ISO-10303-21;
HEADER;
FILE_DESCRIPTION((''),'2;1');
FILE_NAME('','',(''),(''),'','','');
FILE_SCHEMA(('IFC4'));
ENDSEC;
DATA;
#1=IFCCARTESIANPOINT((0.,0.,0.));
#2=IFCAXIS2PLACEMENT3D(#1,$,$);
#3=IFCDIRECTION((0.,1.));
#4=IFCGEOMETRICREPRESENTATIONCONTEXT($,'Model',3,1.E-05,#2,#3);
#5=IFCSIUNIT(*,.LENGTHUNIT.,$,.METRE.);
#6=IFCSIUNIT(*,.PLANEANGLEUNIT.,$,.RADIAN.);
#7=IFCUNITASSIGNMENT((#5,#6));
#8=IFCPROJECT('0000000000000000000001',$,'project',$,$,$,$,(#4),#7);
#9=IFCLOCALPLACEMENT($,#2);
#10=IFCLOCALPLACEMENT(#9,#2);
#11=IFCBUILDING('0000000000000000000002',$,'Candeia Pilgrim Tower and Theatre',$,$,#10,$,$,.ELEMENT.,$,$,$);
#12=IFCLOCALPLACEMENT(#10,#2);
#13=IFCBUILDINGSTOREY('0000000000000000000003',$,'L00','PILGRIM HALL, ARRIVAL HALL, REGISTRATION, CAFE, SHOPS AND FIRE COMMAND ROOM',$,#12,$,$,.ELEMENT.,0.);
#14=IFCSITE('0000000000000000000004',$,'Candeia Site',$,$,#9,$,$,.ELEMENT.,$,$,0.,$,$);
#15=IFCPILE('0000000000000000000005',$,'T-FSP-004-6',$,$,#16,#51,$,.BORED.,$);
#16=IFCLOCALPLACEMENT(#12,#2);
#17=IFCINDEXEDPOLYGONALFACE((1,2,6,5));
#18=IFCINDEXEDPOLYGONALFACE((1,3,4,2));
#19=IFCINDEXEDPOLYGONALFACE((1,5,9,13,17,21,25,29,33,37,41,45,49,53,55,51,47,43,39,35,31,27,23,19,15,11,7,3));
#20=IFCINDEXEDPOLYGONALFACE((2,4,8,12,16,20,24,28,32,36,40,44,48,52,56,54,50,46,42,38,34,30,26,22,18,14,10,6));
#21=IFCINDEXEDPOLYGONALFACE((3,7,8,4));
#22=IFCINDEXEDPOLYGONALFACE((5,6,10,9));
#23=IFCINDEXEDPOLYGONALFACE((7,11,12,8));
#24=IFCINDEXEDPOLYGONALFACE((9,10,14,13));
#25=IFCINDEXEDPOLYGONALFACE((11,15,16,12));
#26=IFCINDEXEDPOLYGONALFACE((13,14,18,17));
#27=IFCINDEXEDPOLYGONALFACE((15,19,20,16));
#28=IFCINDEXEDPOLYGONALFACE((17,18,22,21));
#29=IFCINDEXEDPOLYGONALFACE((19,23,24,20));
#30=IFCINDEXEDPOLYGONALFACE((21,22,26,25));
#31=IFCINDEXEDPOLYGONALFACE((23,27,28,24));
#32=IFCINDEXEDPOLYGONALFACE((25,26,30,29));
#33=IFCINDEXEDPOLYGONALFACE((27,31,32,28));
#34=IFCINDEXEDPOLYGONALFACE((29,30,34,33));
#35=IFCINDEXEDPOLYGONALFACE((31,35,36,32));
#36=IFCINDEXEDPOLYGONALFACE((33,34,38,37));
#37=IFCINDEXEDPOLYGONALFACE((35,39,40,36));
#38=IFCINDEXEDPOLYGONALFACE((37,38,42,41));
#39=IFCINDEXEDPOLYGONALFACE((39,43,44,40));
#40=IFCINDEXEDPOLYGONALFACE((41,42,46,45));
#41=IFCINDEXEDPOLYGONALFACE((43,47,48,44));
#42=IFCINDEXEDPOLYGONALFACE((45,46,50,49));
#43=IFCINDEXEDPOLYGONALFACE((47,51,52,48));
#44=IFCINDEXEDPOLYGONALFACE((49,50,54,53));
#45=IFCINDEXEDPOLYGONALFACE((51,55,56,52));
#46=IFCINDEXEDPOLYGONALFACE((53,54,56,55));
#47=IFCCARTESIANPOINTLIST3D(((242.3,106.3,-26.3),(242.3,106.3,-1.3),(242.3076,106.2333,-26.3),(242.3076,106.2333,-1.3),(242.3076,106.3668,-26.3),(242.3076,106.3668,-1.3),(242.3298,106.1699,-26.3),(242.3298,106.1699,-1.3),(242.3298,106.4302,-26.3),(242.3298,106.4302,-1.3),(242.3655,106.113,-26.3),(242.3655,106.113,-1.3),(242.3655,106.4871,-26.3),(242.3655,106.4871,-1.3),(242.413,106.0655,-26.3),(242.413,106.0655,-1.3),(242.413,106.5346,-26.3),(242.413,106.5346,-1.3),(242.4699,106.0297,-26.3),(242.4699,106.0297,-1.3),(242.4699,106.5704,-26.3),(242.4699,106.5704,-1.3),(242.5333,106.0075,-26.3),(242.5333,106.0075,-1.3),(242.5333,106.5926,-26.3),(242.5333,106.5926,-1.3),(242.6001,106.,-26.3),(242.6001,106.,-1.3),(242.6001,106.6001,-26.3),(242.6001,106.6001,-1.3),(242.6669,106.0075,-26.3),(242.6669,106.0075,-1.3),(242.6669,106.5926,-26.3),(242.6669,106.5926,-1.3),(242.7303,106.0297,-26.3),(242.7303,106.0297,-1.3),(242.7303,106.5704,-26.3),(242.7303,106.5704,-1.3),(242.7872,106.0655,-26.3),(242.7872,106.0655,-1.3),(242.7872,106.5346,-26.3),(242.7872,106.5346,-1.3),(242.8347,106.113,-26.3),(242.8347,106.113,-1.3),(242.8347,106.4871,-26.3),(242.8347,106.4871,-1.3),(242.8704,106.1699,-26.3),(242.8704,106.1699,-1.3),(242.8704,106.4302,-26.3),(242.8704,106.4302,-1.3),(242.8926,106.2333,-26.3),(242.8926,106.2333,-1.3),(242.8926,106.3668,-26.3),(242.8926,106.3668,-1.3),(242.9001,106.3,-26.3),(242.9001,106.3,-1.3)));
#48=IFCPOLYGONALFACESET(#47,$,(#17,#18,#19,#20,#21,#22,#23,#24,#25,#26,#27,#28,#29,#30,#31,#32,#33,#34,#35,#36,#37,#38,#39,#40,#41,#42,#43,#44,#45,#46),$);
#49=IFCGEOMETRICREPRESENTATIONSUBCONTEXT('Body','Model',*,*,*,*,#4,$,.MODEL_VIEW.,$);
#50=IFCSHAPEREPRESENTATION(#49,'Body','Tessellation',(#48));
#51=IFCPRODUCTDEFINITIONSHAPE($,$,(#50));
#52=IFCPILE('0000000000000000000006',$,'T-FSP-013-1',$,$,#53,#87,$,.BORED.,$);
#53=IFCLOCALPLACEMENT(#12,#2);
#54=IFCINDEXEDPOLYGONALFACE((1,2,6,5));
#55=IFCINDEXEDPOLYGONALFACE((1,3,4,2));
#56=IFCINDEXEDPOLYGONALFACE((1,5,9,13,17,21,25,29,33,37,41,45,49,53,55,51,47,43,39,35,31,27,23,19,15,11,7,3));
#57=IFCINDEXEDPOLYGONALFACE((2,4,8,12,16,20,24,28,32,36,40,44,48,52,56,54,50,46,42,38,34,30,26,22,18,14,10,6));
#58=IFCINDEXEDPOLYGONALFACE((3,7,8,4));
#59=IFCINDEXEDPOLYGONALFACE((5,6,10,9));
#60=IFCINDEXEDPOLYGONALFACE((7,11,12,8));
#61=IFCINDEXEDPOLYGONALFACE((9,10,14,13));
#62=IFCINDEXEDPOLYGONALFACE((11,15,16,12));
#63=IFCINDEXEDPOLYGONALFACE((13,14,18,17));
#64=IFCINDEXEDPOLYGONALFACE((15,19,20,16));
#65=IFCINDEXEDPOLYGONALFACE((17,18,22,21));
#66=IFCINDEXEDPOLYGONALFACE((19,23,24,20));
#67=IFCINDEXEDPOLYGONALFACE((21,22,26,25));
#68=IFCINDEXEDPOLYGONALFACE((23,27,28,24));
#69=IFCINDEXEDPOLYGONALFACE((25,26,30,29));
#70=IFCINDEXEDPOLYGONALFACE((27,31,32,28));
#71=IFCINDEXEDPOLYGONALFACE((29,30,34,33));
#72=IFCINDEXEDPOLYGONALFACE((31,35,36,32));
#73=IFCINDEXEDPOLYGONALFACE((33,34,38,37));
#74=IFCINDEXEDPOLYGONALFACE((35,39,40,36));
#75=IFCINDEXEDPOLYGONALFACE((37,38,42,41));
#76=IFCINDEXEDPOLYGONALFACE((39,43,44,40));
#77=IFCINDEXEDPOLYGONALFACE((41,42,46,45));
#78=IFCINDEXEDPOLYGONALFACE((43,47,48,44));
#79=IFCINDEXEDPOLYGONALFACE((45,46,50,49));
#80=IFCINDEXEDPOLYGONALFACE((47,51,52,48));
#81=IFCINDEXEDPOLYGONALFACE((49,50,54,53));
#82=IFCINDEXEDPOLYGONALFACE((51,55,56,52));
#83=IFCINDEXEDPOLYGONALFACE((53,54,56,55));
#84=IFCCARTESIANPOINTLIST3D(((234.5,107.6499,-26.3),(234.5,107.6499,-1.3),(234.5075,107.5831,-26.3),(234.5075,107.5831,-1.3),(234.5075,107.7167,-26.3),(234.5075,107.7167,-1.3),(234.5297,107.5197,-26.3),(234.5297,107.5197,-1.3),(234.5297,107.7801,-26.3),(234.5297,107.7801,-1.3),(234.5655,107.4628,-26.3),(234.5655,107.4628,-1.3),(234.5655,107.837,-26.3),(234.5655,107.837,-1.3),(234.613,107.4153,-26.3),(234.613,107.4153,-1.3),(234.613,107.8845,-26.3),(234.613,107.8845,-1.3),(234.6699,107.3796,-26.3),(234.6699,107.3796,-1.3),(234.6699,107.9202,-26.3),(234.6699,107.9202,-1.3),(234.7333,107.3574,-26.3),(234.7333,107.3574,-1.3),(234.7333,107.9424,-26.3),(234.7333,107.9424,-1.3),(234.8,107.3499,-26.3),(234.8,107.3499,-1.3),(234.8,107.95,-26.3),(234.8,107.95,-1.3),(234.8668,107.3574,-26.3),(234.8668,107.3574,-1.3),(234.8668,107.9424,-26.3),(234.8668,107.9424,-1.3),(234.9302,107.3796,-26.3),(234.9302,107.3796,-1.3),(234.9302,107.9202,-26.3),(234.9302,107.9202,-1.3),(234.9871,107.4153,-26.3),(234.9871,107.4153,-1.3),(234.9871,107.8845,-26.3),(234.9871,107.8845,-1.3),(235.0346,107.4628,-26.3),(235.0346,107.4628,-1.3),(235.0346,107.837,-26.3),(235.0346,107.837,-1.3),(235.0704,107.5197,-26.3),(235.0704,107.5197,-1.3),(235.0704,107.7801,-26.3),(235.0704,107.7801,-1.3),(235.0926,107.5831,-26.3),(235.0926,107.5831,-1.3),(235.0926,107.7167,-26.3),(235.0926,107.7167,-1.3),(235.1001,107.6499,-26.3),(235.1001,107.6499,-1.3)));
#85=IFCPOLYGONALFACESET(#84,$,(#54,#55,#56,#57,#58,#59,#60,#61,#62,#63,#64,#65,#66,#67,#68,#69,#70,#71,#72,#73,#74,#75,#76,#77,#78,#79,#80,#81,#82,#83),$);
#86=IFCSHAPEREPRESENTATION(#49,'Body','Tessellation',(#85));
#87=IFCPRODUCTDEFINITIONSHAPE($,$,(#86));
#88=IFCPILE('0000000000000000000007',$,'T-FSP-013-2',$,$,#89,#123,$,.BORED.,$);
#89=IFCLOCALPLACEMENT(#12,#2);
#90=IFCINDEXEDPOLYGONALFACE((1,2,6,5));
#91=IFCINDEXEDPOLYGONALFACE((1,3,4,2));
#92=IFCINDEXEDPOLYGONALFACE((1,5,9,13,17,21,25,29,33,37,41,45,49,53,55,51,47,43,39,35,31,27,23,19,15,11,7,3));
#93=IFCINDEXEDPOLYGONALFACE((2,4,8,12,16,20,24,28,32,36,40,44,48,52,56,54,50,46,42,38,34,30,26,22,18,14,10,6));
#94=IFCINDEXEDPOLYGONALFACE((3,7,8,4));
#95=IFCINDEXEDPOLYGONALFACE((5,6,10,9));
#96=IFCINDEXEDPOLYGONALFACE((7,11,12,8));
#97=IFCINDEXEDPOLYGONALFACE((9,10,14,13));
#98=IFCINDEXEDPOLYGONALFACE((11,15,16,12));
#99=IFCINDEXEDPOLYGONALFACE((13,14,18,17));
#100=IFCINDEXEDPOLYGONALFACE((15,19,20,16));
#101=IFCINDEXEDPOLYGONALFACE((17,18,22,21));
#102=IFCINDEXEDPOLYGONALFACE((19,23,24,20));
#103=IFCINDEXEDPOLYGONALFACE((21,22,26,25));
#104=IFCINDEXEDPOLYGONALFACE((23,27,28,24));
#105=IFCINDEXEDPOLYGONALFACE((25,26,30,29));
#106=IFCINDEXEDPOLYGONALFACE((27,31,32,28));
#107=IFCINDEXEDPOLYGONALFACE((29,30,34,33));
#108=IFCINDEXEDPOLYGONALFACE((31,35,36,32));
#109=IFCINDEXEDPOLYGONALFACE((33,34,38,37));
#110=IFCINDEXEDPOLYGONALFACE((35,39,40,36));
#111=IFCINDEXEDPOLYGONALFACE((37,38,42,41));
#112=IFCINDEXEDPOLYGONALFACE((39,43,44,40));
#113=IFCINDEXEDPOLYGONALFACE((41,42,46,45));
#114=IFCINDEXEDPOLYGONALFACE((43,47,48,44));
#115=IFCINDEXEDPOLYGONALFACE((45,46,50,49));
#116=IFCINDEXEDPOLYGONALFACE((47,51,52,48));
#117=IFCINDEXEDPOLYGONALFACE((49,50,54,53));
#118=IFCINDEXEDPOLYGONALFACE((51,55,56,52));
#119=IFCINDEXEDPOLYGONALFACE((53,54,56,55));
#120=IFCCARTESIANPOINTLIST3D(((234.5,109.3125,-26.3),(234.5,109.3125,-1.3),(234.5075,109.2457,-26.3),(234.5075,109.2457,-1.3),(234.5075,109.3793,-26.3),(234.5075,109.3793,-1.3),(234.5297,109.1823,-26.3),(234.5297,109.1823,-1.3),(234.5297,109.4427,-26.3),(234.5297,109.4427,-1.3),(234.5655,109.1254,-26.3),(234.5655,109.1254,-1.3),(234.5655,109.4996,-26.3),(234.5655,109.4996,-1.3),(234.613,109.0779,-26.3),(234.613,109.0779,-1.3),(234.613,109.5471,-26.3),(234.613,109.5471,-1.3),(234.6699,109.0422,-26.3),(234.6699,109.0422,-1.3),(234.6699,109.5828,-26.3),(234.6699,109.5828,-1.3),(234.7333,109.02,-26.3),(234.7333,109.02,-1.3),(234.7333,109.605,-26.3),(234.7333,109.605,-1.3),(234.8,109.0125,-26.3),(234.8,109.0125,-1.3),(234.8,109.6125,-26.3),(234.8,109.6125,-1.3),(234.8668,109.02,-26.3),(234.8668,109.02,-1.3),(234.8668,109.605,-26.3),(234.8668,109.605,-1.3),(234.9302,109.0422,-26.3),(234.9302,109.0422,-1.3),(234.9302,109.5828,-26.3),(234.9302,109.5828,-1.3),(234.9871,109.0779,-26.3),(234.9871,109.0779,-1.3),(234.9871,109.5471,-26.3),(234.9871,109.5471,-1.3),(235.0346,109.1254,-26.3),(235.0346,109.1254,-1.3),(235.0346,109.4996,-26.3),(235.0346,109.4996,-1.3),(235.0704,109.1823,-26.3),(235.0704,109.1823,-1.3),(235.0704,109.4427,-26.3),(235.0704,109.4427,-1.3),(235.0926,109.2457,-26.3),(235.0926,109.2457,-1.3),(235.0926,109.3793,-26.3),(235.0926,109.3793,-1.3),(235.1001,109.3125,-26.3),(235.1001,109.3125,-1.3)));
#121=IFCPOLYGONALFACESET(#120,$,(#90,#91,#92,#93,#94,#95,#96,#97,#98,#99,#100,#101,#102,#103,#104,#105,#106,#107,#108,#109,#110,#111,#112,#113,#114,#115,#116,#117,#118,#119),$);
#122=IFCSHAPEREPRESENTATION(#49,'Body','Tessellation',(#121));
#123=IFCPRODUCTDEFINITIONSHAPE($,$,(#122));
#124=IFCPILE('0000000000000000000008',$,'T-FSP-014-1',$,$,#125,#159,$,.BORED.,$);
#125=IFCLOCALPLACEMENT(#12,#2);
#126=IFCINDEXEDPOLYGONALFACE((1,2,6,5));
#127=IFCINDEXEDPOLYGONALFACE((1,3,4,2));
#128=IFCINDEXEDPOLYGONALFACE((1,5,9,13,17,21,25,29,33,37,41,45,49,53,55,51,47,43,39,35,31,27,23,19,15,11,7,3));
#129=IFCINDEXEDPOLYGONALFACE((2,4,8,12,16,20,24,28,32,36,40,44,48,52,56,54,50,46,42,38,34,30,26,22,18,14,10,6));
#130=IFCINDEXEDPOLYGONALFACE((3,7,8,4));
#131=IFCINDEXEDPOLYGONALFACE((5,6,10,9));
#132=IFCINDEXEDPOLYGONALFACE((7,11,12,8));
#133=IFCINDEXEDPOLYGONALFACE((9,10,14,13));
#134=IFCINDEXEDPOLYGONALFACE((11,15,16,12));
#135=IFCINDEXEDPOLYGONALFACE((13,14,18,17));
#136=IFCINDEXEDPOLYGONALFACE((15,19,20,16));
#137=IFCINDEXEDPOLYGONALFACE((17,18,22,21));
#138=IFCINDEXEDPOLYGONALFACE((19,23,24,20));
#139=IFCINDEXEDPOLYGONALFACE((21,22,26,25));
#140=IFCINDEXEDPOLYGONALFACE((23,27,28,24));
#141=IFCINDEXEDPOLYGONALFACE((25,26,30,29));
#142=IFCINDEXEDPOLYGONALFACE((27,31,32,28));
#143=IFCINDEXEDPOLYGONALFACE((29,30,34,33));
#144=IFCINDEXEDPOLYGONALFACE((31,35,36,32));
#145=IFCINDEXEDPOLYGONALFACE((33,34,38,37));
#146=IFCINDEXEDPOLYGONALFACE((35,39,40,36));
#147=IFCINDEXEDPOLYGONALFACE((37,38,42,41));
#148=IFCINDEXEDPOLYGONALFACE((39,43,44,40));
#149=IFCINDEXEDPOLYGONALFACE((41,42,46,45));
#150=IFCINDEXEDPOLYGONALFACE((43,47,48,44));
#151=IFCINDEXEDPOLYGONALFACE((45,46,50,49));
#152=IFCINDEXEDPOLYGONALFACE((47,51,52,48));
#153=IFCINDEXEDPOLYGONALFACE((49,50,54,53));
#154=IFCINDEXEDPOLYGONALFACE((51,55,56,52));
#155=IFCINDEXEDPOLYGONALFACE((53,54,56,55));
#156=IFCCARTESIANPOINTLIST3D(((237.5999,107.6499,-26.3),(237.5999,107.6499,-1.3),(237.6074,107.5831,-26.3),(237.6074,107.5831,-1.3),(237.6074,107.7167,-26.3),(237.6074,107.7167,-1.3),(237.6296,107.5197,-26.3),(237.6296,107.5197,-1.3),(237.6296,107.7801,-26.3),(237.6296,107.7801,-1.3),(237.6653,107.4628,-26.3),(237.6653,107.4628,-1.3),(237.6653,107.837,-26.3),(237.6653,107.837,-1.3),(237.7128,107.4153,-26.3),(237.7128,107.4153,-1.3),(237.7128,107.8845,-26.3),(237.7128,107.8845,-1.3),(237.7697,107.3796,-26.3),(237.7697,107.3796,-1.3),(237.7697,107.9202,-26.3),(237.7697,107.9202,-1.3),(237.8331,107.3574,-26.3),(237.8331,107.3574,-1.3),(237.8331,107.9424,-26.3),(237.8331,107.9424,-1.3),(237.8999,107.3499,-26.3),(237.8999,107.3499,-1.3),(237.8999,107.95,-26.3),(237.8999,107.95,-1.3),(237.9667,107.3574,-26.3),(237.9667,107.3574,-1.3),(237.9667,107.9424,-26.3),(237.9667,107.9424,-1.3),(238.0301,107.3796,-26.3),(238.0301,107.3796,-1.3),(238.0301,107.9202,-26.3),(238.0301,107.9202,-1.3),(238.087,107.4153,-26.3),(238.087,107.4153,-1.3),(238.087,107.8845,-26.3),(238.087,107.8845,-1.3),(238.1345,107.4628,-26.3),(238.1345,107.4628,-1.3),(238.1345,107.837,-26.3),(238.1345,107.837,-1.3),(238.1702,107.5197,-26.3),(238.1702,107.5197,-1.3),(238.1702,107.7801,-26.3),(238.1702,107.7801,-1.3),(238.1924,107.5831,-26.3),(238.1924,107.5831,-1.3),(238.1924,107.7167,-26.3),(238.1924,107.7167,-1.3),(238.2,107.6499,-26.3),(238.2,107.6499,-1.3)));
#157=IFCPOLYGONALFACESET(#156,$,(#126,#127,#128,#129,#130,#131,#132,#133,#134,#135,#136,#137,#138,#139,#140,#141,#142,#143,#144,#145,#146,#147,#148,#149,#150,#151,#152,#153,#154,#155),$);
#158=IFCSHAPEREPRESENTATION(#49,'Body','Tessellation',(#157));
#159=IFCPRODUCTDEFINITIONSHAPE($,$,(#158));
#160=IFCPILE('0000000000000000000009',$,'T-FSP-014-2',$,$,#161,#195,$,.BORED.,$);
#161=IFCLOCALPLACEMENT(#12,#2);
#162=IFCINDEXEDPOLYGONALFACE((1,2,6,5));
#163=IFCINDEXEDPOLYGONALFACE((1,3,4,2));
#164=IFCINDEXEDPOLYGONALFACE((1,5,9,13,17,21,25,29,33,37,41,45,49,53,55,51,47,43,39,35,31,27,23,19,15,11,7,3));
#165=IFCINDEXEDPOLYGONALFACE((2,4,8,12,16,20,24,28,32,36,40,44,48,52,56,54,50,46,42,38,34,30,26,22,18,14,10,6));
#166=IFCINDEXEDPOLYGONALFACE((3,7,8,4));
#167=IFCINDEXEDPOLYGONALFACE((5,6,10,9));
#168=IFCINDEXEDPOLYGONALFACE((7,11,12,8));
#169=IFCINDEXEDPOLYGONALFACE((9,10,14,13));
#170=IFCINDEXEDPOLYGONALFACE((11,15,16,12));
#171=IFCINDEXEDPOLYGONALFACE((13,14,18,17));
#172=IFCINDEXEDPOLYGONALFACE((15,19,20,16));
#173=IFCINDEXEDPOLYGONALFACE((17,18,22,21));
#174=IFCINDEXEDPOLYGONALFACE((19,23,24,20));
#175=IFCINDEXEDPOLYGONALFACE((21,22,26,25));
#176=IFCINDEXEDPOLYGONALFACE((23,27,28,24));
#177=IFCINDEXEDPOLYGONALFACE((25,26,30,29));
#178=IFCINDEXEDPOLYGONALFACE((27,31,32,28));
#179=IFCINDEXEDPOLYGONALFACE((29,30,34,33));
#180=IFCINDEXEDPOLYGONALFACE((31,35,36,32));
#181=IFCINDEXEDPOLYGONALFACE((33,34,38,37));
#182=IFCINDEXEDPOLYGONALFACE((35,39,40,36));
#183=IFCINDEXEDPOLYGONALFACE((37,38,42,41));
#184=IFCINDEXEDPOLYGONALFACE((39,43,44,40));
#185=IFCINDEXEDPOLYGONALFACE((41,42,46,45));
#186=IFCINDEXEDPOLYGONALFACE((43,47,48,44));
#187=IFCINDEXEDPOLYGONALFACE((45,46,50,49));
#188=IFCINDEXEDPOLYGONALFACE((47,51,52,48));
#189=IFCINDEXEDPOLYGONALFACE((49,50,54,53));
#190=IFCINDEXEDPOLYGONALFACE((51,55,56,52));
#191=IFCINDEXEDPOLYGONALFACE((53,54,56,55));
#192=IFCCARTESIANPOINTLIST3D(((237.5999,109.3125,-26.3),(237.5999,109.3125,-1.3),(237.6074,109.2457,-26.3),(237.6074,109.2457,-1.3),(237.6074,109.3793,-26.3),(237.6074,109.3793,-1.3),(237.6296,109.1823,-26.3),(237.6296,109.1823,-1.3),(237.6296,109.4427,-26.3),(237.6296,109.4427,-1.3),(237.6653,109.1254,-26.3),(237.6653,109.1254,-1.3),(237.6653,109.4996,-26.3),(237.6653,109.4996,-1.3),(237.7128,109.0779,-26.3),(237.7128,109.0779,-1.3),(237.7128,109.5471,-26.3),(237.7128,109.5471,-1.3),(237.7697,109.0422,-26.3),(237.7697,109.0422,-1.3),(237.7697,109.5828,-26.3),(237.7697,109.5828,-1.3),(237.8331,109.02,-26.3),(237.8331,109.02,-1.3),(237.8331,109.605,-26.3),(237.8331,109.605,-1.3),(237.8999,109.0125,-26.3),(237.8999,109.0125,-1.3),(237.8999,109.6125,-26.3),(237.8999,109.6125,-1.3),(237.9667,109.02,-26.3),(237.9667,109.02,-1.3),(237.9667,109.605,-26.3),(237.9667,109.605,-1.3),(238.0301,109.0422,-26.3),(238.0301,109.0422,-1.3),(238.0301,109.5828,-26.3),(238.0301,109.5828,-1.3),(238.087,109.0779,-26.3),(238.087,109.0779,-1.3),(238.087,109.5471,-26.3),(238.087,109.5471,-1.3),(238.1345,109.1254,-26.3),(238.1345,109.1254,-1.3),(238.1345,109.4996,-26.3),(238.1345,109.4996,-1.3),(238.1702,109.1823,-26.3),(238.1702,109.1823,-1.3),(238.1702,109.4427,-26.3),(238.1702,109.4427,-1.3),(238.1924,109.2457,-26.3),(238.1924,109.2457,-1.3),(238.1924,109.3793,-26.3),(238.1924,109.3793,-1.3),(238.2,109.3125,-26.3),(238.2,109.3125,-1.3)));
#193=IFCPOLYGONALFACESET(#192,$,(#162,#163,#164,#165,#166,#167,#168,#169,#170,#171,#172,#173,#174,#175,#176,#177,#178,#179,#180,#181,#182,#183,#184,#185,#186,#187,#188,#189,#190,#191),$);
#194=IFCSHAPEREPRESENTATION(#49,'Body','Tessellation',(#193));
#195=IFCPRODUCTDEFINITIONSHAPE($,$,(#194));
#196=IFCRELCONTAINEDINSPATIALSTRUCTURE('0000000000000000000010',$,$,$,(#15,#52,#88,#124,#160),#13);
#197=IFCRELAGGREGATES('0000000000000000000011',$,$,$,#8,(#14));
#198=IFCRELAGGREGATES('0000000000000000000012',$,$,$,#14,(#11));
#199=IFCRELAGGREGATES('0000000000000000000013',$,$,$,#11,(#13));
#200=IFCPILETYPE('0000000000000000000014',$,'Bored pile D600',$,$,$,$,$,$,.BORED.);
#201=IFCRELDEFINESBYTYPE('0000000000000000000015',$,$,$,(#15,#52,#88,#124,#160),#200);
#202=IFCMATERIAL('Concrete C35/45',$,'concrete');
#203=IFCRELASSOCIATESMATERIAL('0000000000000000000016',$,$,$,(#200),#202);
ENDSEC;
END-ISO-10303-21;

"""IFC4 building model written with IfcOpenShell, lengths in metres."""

from ifc_helpers import new_model, si_unit, direction, frame, origin, origin_2d, place, context, subcontext, project, spatial, circle, extrude, material, type_object, element, save


model = new_model("IFC4")

# Units and contexts
model_context = context("Model", 3, precision=1e-05, world=origin(), true_north=direction((0.0, 1.0)))
body_context = subcontext(model_context, "Body", "Model", "MODEL_VIEW")
ifc_project = project(units=[si_unit("LENGTHUNIT", "METRE"), si_unit("PLANEANGLEUNIT", "RADIAN")], contexts=[model_context])

# Site, building, storey
site_placement = place(None, origin())
site = spatial("IfcSite", under=ifc_project, at=site_placement, Name="Candeia Site", CompositionType="ELEMENT", RefElevation=0.0)
building_placement = place(site_placement, origin())
building = spatial("IfcBuilding", under=site, at=building_placement, Name="Candeia Pilgrim Tower and Theatre", CompositionType="ELEMENT")
storey_placement = place(building_placement, origin())
storey = spatial("IfcBuildingStorey", under=building, at=storey_placement, Name="L00", Description="PILGRIM HALL, ARRIVAL HALL, REGISTRATION, CAFE, SHOPS AND FIRE COMMAND ROOM", CompositionType="ELEMENT", Elevation=0.0)

# Piles
ifc_material_1 = material(Name="Concrete C35/45", Category="concrete")
pile_type = type_object("IfcPileType", Name="Bored pile D600", PredefinedType="BORED", material=ifc_material_1)
for number, where, z_axis, x_axis, name in (
    (1, (242.6001, 106.3, -1.3), (0.0, 0.0, -1.0), (1.0, 0.0, 0.0), "T-FSP-004-6"),
    (2, (234.8, 107.6499, -1.3), (0.0, 0.0, -1.0), (1.0, 0.0, 0.0), "T-FSP-013-1"),
    (3, (234.8, 109.3125, -1.3), (0.0, 0.0, -1.0), (1.0, 0.0, 0.0), "T-FSP-013-2"),
    (4, (237.8999, 107.6499, -1.3), (0.0, 0.0, -1.0), (1.0, 0.0, 0.0), "T-FSP-014-1"),
    (5, (237.8999, 109.3125, -1.3), (0.0, 0.0, -1.0), (1.0, 0.0, 0.0), "T-FSP-014-2"),
):
    element("IfcPile", number, at=place(storey_placement, frame(where, z_axis=z_axis, x_axis=x_axis)), inside=storey, type_object=pile_type, Name=name, PredefinedType="BORED", context=body_context, shape_type="SweptSolid", body=[
        extrude(circle(Radius=0.3, at=origin_2d()), origin(), (0.0, 0.0, 1.0), 25.0),
    ])

save(model, "model.ifc")
